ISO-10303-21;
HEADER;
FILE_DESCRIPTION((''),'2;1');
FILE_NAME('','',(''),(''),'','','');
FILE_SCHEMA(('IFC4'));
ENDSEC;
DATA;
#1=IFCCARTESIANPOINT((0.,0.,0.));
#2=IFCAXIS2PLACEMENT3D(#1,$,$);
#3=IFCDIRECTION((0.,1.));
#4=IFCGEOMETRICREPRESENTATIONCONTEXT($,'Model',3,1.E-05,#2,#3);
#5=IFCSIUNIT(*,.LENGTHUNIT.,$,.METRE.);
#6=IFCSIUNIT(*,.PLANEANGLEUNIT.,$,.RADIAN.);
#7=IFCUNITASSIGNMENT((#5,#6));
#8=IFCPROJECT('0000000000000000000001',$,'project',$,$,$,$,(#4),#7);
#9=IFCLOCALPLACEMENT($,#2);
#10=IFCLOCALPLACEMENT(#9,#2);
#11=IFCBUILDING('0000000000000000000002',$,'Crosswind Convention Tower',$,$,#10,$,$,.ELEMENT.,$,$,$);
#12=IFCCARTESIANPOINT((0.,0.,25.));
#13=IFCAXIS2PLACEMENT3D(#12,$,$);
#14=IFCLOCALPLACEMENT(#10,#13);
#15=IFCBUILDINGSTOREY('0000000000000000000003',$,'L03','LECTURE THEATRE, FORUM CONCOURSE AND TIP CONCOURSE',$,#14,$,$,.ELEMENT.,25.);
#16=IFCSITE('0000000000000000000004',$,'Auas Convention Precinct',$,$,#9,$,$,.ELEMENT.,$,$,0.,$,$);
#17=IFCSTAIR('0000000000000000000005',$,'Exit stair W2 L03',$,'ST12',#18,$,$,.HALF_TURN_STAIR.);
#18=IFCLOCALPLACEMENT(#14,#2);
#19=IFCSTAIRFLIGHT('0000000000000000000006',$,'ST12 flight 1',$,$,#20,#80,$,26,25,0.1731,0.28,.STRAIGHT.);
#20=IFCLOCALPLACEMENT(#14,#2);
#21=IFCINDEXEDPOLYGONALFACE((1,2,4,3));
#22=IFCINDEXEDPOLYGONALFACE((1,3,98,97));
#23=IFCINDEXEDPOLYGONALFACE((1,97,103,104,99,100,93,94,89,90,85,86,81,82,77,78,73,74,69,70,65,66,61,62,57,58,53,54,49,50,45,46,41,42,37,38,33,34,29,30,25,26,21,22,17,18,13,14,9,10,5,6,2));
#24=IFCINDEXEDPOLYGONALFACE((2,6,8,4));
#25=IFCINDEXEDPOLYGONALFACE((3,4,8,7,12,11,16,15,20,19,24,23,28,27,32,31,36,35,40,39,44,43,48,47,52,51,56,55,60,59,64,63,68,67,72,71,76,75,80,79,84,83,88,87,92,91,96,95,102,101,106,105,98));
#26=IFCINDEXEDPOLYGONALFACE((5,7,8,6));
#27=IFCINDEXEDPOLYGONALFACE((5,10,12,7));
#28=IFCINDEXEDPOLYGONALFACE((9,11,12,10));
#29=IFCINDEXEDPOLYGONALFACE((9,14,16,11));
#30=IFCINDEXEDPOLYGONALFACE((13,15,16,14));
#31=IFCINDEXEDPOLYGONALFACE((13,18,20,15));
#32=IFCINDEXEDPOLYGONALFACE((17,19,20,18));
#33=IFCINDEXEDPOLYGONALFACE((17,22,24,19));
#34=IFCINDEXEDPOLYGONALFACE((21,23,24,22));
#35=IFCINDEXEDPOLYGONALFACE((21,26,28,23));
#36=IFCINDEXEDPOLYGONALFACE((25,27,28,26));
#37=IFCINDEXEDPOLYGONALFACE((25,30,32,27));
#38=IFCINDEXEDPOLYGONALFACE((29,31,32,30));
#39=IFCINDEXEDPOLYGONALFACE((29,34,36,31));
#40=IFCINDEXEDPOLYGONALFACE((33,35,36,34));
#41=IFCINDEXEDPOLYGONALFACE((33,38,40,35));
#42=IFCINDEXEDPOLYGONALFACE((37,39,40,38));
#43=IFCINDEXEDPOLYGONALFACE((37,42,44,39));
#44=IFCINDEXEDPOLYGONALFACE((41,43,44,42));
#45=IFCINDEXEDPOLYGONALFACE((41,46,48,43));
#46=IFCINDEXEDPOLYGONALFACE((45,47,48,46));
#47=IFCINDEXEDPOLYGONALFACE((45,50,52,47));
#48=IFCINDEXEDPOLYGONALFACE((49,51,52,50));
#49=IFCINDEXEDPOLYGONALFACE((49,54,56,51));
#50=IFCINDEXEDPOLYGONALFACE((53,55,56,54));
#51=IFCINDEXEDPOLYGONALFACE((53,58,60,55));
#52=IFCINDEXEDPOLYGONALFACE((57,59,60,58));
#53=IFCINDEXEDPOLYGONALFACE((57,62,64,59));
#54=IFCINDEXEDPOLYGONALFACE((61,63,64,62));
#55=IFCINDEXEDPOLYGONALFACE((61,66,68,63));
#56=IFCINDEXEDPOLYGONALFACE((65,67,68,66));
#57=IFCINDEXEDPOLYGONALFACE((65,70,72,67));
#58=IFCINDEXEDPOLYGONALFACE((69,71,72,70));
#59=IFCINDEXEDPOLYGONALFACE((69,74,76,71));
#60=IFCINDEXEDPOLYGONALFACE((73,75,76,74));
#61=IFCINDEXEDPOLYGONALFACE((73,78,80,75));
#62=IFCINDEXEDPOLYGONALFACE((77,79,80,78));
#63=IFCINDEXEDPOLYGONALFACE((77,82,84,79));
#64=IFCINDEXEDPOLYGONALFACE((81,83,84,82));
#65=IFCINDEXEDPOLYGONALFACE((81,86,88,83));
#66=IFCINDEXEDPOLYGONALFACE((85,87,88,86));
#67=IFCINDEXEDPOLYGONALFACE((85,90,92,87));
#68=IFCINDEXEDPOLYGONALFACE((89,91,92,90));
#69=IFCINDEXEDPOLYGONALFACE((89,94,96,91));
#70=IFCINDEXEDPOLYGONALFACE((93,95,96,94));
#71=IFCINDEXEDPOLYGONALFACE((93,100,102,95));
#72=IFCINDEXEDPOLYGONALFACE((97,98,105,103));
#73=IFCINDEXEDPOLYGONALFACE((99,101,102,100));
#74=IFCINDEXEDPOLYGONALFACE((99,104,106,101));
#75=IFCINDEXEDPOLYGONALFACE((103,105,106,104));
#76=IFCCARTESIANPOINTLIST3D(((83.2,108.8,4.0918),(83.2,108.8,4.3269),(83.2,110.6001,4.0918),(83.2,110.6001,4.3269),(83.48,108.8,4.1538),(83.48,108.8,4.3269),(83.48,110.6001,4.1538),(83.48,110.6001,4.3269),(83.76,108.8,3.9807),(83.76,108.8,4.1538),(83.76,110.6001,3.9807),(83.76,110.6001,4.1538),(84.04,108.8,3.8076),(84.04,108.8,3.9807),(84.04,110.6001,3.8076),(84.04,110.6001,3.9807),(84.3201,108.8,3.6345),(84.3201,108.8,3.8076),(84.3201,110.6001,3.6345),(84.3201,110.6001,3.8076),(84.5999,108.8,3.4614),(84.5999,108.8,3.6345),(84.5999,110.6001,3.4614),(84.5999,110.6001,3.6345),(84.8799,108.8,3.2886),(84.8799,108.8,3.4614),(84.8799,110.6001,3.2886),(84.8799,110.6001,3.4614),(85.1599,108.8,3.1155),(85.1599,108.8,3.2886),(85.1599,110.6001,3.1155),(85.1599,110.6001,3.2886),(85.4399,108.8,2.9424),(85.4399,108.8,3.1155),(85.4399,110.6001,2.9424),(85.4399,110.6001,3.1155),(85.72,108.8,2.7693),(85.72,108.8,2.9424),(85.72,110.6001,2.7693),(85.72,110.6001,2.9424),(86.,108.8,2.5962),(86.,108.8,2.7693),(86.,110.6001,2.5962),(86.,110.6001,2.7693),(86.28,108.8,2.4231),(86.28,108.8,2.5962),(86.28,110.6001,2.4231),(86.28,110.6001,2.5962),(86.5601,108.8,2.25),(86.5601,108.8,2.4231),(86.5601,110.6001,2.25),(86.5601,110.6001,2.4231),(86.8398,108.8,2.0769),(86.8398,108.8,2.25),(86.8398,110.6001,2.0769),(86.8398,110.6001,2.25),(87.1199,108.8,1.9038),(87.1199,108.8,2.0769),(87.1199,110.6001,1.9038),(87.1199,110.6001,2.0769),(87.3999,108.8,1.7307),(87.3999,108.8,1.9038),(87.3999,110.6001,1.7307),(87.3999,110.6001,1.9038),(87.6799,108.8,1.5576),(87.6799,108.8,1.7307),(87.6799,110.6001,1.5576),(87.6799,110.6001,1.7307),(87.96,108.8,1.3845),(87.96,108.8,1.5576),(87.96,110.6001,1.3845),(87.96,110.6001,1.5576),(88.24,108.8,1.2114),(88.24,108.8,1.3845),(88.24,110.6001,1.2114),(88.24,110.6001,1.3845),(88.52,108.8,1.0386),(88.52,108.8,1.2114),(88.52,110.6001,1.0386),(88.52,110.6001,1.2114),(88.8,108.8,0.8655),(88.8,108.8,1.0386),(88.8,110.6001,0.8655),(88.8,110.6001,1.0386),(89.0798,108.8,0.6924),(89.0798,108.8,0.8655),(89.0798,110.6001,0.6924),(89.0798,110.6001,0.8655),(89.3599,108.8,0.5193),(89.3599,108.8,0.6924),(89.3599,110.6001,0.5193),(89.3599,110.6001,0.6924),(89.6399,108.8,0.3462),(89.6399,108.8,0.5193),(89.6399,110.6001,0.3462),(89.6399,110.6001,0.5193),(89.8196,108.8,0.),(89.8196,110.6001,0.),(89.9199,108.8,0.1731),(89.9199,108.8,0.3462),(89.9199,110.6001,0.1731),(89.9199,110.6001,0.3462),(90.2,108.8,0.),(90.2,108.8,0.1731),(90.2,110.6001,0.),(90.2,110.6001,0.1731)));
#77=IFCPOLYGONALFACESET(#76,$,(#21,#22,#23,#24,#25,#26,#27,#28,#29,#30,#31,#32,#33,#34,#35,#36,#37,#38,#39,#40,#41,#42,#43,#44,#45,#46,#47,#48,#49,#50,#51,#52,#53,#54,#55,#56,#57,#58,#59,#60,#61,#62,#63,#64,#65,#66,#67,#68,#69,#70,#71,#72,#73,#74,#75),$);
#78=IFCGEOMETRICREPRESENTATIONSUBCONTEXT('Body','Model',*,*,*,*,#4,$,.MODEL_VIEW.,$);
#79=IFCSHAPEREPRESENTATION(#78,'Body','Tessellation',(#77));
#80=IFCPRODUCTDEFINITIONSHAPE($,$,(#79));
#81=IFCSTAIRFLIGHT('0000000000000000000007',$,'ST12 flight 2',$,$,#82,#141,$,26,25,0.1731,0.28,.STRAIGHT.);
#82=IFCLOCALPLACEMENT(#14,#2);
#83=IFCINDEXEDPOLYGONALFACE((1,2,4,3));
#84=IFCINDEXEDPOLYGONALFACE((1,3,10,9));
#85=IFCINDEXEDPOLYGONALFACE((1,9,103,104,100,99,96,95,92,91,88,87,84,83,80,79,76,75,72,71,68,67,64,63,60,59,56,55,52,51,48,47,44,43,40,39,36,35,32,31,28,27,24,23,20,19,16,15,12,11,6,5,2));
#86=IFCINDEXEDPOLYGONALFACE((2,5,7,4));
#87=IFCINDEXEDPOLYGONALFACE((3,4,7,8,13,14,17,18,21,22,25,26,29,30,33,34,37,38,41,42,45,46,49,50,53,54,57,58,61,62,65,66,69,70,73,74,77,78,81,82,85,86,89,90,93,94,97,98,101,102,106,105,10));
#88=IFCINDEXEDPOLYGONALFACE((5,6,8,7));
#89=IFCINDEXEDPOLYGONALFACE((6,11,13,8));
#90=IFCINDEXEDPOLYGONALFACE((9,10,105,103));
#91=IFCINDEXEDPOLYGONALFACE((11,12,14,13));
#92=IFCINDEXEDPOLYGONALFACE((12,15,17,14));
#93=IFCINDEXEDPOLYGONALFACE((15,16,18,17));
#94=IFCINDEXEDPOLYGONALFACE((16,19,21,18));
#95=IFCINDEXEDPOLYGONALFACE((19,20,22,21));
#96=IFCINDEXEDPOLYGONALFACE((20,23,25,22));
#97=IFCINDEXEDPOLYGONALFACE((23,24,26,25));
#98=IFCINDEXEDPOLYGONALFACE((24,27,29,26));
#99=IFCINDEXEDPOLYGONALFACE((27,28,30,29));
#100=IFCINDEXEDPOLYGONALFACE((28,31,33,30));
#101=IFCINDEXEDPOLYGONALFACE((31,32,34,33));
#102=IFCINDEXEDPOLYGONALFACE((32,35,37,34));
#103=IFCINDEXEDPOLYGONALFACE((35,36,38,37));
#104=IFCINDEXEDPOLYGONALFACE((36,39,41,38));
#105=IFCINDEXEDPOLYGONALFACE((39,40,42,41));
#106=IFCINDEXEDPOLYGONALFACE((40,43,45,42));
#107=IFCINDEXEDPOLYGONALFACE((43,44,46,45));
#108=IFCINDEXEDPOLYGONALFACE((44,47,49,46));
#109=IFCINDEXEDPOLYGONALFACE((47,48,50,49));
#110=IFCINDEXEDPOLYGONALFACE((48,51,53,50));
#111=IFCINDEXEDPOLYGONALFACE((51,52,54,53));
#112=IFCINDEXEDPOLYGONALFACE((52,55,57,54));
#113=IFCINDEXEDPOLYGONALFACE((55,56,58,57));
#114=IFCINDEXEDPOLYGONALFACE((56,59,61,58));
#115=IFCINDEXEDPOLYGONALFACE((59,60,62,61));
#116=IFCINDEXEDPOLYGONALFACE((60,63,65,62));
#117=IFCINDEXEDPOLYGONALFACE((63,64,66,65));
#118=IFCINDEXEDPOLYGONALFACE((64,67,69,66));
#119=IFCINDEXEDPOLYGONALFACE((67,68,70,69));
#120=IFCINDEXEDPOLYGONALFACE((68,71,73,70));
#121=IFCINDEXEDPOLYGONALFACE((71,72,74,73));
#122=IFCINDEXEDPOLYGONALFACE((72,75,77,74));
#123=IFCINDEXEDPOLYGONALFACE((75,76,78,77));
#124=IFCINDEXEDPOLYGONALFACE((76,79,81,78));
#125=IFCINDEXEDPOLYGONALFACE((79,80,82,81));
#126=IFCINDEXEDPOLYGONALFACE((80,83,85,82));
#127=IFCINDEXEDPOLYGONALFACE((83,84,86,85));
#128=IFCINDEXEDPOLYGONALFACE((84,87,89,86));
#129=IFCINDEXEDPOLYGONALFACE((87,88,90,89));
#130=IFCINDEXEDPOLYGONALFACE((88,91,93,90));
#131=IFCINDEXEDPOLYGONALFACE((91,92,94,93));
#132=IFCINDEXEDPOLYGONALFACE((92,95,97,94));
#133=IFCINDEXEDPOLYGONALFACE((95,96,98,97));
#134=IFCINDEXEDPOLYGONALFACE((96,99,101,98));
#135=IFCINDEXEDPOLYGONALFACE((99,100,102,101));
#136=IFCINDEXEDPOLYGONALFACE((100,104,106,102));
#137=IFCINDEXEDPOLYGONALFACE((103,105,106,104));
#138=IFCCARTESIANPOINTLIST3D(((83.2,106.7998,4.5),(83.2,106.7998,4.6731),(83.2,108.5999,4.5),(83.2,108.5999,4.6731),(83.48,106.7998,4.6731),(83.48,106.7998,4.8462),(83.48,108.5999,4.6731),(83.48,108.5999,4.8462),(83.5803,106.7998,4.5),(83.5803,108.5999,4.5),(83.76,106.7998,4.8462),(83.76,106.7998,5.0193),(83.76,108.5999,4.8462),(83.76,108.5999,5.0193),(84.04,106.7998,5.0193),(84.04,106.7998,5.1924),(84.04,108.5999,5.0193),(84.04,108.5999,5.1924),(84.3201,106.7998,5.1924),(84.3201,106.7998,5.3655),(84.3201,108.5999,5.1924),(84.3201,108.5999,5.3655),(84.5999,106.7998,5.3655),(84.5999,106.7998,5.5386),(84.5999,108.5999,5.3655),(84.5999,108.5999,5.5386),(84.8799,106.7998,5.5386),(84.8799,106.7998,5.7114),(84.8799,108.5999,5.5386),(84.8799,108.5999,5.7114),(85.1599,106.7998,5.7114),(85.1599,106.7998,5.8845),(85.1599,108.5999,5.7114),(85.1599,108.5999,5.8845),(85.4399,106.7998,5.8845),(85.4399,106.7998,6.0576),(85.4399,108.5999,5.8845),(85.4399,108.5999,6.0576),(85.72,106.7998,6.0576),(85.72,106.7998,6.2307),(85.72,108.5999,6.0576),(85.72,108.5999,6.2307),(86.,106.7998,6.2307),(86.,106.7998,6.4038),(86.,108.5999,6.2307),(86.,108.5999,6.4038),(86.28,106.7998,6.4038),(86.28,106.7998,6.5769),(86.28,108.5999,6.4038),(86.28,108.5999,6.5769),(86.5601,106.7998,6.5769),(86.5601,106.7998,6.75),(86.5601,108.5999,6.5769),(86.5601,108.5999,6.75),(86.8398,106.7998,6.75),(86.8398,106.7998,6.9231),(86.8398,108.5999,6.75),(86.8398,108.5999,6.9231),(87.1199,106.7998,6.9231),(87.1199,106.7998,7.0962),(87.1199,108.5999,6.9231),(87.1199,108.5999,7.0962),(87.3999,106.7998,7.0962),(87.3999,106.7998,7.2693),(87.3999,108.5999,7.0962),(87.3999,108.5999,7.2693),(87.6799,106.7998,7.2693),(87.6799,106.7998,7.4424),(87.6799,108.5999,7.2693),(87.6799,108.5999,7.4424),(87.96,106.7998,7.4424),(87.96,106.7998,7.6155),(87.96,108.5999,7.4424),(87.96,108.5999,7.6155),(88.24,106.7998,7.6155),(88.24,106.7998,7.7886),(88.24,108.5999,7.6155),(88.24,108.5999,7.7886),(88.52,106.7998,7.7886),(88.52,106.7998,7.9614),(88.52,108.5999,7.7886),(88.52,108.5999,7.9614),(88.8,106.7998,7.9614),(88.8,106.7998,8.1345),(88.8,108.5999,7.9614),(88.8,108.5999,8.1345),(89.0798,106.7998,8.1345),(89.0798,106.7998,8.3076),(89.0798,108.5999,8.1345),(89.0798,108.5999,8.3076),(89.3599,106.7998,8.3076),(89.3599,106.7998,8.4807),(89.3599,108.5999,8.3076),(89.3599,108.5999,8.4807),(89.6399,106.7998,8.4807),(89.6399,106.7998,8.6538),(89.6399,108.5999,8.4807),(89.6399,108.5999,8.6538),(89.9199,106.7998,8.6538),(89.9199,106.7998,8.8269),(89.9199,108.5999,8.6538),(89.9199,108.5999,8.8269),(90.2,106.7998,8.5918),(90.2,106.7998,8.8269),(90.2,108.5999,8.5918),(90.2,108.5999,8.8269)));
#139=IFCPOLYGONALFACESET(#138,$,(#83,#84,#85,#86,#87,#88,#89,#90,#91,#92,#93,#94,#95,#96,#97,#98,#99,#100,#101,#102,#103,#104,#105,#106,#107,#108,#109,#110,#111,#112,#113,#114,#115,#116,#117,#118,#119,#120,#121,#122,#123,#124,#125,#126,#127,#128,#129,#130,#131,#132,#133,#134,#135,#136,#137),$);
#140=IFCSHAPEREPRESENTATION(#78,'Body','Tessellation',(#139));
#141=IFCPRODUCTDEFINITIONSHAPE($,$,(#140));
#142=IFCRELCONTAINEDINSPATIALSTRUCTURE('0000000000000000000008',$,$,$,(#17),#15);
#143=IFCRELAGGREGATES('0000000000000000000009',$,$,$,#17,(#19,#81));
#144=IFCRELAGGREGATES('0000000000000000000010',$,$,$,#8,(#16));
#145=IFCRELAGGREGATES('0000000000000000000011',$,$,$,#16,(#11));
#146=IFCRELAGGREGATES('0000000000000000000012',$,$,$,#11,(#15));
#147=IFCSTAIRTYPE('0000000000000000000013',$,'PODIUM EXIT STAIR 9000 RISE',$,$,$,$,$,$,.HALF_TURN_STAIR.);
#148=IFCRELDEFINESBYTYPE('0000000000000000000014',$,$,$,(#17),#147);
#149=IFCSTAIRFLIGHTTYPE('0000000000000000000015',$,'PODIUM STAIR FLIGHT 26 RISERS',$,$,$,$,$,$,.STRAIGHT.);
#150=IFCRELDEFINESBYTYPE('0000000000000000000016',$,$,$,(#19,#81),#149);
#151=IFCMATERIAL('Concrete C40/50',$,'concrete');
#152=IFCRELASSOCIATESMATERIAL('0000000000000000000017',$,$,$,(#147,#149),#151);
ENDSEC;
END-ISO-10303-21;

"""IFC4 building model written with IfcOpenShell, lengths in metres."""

from ifc_helpers import new_model, si_unit, direction, frame, origin, place, context, subcontext, project, spatial, polyline, outline, extrude, material, type_object, element, aggregate, save


model = new_model("IFC4")

# Units and contexts
model_context = context("Model", 3, precision=1e-05, world=origin(), true_north=direction((0.0, 1.0)))
body_context = subcontext(model_context, "Body", "Model", "MODEL_VIEW")
ifc_project = project(units=[si_unit("LENGTHUNIT", "METRE"), si_unit("PLANEANGLEUNIT", "RADIAN")], contexts=[model_context])

# Site, building, storey
site_placement = place(None, origin())
site = spatial("IfcSite", under=ifc_project, at=site_placement, Name="Auas Convention Precinct", CompositionType="ELEMENT", RefElevation=0.0)
building_placement = place(site_placement, origin())
building = spatial("IfcBuilding", under=site, at=building_placement, Name="Crosswind Convention Tower", CompositionType="ELEMENT")
storey_placement = place(building_placement, frame((0.0, 0.0, 25.0)))
storey = spatial("IfcBuildingStorey", under=building, at=storey_placement, Name="L03", Description="LECTURE THEATRE, FORUM CONCOURSE AND TIP CONCOURSE", CompositionType="ELEMENT", Elevation=25.0)

# Shared definitions
ifc_material_1 = material(Name="Concrete C40/50", Category="concrete")

# Stair, stair flights
stair_type = type_object("IfcStairType", Name="PODIUM EXIT STAIR 9000 RISE", PredefinedType="HALF_TURN_STAIR", material=ifc_material_1)
stair_placement = place(storey_placement, origin())
stair = element("IfcStair", 1, at=stair_placement, inside=storey, type_object=stair_type, Name="Exit stair W2 L03", ObjectType="ST12", PredefinedType="HALF_TURN_STAIR")
stair_flight_type = type_object("IfcStairFlightType", Name="PODIUM STAIR FLIGHT 26 RISERS", PredefinedType="STRAIGHT", material=ifc_material_1)
stair_flight_1_placement = place(storey_placement, frame((90.2, 109.7, 0.0), z_axis=(0.0, 0.0, 1.0), x_axis=(-1.0, 0.0, 0.0)))
stair_flight_1 = element("IfcStairFlight", 2, at=stair_flight_1_placement, type_object=stair_flight_type, Name="ST12 flight 1", NumberOfRisers=26, NumberOfTreads=25, PredefinedType="STRAIGHT", RiserHeight=0.1731, TreadLength=0.28, context=body_context, shape_type="SweptSolid", body=[
    extrude(outline(polyline([(0.0, 0.0), (0.0, 0.1731), (0.28, 0.1731), (0.28, 0.3462), (0.5601, 0.3462), (0.5601, 0.5193), (0.8401, 0.5193), (0.8401, 0.6924), (1.1201, 0.6924), (1.1201, 0.8655), (1.3999, 0.8655), (1.3999, 1.0386), (1.6799, 1.0386), (1.6799, 1.2114), (1.96, 1.2114), (1.96, 1.3845), (2.24, 1.3845), (2.24, 1.5576), (2.52, 1.5576), (2.52, 1.7307), (2.8, 1.7307), (2.8, 1.9038), (3.0801, 1.9038), (3.0801, 2.0769), (3.3601, 2.0769), (3.3601, 2.25), (3.6399, 2.25), (3.6399, 2.4231), (3.9199, 2.4231), (3.9199, 2.5962), (4.2, 2.5962), (4.2, 2.7693), (4.48, 2.7693), (4.48, 2.9424), (4.76, 2.9424), (4.76, 3.1155), (5.04, 3.1155), (5.04, 3.2886), (5.3201, 3.2886), (5.3201, 3.4614), (5.6001, 3.4614), (5.6001, 3.6345), (5.8799, 3.6345), (5.8799, 3.8076), (6.1599, 3.8076), (6.1599, 3.9807), (6.4399, 3.9807), (6.4399, 4.1538), (6.72, 4.1538), (6.72, 4.3269), (7.0, 4.3269), (7.0, 4.5), (7.0, 4.0918), (0.3804, 0.0), (0.0, 0.0)])), frame((0.0, 0.8999, 0.0), z_axis=(0.0, -1.0, 0.0), x_axis=(1.0, 0.0, 0.0)), (0.0, 0.0, 1.0), 1.8),
])
stair_flight_2_placement = place(storey_placement, frame((83.2, 107.7, 4.5), z_axis=(0.0, 0.0, 1.0), x_axis=(1.0, 0.0, 0.0)))
stair_flight_2 = element("IfcStairFlight", 3, at=stair_flight_2_placement, type_object=stair_flight_type, Name="ST12 flight 2", NumberOfRisers=26, NumberOfTreads=25, PredefinedType="STRAIGHT", RiserHeight=0.1731, TreadLength=0.28, context=body_context, shape_type="SweptSolid", body=[
    extrude(outline(polyline([(0.0, 0.0), (0.0, 0.1731), (0.28, 0.1731), (0.28, 0.3462), (0.5601, 0.3462), (0.5601, 0.5193), (0.8401, 0.5193), (0.8401, 0.6924), (1.1201, 0.6924), (1.1201, 0.8655), (1.3999, 0.8655), (1.3999, 1.0386), (1.6799, 1.0386), (1.6799, 1.2114), (1.96, 1.2114), (1.96, 1.3845), (2.24, 1.3845), (2.24, 1.5576), (2.52, 1.5576), (2.52, 1.7307), (2.8, 1.7307), (2.8, 1.9038), (3.0801, 1.9038), (3.0801, 2.0769), (3.3601, 2.0769), (3.3601, 2.25), (3.6399, 2.25), (3.6399, 2.4231), (3.9199, 2.4231), (3.9199, 2.5962), (4.2, 2.5962), (4.2, 2.7693), (4.48, 2.7693), (4.48, 2.9424), (4.76, 2.9424), (4.76, 3.1155), (5.04, 3.1155), (5.04, 3.2886), (5.3201, 3.2886), (5.3201, 3.4614), (5.6001, 3.4614), (5.6001, 3.6345), (5.8799, 3.6345), (5.8799, 3.8076), (6.1599, 3.8076), (6.1599, 3.9807), (6.4399, 3.9807), (6.4399, 4.1538), (6.72, 4.1538), (6.72, 4.3269), (7.0, 4.3269), (7.0, 4.5), (7.0, 4.0918), (0.3804, 0.0), (0.0, 0.0)])), frame((0.0, 0.8999, 0.0), z_axis=(0.0, -1.0, 0.0), x_axis=(1.0, 0.0, 0.0)), (0.0, 0.0, 1.0), 1.8),
])
aggregate(stair, [stair_flight_1, stair_flight_2])

save(model, "model.ifc")
